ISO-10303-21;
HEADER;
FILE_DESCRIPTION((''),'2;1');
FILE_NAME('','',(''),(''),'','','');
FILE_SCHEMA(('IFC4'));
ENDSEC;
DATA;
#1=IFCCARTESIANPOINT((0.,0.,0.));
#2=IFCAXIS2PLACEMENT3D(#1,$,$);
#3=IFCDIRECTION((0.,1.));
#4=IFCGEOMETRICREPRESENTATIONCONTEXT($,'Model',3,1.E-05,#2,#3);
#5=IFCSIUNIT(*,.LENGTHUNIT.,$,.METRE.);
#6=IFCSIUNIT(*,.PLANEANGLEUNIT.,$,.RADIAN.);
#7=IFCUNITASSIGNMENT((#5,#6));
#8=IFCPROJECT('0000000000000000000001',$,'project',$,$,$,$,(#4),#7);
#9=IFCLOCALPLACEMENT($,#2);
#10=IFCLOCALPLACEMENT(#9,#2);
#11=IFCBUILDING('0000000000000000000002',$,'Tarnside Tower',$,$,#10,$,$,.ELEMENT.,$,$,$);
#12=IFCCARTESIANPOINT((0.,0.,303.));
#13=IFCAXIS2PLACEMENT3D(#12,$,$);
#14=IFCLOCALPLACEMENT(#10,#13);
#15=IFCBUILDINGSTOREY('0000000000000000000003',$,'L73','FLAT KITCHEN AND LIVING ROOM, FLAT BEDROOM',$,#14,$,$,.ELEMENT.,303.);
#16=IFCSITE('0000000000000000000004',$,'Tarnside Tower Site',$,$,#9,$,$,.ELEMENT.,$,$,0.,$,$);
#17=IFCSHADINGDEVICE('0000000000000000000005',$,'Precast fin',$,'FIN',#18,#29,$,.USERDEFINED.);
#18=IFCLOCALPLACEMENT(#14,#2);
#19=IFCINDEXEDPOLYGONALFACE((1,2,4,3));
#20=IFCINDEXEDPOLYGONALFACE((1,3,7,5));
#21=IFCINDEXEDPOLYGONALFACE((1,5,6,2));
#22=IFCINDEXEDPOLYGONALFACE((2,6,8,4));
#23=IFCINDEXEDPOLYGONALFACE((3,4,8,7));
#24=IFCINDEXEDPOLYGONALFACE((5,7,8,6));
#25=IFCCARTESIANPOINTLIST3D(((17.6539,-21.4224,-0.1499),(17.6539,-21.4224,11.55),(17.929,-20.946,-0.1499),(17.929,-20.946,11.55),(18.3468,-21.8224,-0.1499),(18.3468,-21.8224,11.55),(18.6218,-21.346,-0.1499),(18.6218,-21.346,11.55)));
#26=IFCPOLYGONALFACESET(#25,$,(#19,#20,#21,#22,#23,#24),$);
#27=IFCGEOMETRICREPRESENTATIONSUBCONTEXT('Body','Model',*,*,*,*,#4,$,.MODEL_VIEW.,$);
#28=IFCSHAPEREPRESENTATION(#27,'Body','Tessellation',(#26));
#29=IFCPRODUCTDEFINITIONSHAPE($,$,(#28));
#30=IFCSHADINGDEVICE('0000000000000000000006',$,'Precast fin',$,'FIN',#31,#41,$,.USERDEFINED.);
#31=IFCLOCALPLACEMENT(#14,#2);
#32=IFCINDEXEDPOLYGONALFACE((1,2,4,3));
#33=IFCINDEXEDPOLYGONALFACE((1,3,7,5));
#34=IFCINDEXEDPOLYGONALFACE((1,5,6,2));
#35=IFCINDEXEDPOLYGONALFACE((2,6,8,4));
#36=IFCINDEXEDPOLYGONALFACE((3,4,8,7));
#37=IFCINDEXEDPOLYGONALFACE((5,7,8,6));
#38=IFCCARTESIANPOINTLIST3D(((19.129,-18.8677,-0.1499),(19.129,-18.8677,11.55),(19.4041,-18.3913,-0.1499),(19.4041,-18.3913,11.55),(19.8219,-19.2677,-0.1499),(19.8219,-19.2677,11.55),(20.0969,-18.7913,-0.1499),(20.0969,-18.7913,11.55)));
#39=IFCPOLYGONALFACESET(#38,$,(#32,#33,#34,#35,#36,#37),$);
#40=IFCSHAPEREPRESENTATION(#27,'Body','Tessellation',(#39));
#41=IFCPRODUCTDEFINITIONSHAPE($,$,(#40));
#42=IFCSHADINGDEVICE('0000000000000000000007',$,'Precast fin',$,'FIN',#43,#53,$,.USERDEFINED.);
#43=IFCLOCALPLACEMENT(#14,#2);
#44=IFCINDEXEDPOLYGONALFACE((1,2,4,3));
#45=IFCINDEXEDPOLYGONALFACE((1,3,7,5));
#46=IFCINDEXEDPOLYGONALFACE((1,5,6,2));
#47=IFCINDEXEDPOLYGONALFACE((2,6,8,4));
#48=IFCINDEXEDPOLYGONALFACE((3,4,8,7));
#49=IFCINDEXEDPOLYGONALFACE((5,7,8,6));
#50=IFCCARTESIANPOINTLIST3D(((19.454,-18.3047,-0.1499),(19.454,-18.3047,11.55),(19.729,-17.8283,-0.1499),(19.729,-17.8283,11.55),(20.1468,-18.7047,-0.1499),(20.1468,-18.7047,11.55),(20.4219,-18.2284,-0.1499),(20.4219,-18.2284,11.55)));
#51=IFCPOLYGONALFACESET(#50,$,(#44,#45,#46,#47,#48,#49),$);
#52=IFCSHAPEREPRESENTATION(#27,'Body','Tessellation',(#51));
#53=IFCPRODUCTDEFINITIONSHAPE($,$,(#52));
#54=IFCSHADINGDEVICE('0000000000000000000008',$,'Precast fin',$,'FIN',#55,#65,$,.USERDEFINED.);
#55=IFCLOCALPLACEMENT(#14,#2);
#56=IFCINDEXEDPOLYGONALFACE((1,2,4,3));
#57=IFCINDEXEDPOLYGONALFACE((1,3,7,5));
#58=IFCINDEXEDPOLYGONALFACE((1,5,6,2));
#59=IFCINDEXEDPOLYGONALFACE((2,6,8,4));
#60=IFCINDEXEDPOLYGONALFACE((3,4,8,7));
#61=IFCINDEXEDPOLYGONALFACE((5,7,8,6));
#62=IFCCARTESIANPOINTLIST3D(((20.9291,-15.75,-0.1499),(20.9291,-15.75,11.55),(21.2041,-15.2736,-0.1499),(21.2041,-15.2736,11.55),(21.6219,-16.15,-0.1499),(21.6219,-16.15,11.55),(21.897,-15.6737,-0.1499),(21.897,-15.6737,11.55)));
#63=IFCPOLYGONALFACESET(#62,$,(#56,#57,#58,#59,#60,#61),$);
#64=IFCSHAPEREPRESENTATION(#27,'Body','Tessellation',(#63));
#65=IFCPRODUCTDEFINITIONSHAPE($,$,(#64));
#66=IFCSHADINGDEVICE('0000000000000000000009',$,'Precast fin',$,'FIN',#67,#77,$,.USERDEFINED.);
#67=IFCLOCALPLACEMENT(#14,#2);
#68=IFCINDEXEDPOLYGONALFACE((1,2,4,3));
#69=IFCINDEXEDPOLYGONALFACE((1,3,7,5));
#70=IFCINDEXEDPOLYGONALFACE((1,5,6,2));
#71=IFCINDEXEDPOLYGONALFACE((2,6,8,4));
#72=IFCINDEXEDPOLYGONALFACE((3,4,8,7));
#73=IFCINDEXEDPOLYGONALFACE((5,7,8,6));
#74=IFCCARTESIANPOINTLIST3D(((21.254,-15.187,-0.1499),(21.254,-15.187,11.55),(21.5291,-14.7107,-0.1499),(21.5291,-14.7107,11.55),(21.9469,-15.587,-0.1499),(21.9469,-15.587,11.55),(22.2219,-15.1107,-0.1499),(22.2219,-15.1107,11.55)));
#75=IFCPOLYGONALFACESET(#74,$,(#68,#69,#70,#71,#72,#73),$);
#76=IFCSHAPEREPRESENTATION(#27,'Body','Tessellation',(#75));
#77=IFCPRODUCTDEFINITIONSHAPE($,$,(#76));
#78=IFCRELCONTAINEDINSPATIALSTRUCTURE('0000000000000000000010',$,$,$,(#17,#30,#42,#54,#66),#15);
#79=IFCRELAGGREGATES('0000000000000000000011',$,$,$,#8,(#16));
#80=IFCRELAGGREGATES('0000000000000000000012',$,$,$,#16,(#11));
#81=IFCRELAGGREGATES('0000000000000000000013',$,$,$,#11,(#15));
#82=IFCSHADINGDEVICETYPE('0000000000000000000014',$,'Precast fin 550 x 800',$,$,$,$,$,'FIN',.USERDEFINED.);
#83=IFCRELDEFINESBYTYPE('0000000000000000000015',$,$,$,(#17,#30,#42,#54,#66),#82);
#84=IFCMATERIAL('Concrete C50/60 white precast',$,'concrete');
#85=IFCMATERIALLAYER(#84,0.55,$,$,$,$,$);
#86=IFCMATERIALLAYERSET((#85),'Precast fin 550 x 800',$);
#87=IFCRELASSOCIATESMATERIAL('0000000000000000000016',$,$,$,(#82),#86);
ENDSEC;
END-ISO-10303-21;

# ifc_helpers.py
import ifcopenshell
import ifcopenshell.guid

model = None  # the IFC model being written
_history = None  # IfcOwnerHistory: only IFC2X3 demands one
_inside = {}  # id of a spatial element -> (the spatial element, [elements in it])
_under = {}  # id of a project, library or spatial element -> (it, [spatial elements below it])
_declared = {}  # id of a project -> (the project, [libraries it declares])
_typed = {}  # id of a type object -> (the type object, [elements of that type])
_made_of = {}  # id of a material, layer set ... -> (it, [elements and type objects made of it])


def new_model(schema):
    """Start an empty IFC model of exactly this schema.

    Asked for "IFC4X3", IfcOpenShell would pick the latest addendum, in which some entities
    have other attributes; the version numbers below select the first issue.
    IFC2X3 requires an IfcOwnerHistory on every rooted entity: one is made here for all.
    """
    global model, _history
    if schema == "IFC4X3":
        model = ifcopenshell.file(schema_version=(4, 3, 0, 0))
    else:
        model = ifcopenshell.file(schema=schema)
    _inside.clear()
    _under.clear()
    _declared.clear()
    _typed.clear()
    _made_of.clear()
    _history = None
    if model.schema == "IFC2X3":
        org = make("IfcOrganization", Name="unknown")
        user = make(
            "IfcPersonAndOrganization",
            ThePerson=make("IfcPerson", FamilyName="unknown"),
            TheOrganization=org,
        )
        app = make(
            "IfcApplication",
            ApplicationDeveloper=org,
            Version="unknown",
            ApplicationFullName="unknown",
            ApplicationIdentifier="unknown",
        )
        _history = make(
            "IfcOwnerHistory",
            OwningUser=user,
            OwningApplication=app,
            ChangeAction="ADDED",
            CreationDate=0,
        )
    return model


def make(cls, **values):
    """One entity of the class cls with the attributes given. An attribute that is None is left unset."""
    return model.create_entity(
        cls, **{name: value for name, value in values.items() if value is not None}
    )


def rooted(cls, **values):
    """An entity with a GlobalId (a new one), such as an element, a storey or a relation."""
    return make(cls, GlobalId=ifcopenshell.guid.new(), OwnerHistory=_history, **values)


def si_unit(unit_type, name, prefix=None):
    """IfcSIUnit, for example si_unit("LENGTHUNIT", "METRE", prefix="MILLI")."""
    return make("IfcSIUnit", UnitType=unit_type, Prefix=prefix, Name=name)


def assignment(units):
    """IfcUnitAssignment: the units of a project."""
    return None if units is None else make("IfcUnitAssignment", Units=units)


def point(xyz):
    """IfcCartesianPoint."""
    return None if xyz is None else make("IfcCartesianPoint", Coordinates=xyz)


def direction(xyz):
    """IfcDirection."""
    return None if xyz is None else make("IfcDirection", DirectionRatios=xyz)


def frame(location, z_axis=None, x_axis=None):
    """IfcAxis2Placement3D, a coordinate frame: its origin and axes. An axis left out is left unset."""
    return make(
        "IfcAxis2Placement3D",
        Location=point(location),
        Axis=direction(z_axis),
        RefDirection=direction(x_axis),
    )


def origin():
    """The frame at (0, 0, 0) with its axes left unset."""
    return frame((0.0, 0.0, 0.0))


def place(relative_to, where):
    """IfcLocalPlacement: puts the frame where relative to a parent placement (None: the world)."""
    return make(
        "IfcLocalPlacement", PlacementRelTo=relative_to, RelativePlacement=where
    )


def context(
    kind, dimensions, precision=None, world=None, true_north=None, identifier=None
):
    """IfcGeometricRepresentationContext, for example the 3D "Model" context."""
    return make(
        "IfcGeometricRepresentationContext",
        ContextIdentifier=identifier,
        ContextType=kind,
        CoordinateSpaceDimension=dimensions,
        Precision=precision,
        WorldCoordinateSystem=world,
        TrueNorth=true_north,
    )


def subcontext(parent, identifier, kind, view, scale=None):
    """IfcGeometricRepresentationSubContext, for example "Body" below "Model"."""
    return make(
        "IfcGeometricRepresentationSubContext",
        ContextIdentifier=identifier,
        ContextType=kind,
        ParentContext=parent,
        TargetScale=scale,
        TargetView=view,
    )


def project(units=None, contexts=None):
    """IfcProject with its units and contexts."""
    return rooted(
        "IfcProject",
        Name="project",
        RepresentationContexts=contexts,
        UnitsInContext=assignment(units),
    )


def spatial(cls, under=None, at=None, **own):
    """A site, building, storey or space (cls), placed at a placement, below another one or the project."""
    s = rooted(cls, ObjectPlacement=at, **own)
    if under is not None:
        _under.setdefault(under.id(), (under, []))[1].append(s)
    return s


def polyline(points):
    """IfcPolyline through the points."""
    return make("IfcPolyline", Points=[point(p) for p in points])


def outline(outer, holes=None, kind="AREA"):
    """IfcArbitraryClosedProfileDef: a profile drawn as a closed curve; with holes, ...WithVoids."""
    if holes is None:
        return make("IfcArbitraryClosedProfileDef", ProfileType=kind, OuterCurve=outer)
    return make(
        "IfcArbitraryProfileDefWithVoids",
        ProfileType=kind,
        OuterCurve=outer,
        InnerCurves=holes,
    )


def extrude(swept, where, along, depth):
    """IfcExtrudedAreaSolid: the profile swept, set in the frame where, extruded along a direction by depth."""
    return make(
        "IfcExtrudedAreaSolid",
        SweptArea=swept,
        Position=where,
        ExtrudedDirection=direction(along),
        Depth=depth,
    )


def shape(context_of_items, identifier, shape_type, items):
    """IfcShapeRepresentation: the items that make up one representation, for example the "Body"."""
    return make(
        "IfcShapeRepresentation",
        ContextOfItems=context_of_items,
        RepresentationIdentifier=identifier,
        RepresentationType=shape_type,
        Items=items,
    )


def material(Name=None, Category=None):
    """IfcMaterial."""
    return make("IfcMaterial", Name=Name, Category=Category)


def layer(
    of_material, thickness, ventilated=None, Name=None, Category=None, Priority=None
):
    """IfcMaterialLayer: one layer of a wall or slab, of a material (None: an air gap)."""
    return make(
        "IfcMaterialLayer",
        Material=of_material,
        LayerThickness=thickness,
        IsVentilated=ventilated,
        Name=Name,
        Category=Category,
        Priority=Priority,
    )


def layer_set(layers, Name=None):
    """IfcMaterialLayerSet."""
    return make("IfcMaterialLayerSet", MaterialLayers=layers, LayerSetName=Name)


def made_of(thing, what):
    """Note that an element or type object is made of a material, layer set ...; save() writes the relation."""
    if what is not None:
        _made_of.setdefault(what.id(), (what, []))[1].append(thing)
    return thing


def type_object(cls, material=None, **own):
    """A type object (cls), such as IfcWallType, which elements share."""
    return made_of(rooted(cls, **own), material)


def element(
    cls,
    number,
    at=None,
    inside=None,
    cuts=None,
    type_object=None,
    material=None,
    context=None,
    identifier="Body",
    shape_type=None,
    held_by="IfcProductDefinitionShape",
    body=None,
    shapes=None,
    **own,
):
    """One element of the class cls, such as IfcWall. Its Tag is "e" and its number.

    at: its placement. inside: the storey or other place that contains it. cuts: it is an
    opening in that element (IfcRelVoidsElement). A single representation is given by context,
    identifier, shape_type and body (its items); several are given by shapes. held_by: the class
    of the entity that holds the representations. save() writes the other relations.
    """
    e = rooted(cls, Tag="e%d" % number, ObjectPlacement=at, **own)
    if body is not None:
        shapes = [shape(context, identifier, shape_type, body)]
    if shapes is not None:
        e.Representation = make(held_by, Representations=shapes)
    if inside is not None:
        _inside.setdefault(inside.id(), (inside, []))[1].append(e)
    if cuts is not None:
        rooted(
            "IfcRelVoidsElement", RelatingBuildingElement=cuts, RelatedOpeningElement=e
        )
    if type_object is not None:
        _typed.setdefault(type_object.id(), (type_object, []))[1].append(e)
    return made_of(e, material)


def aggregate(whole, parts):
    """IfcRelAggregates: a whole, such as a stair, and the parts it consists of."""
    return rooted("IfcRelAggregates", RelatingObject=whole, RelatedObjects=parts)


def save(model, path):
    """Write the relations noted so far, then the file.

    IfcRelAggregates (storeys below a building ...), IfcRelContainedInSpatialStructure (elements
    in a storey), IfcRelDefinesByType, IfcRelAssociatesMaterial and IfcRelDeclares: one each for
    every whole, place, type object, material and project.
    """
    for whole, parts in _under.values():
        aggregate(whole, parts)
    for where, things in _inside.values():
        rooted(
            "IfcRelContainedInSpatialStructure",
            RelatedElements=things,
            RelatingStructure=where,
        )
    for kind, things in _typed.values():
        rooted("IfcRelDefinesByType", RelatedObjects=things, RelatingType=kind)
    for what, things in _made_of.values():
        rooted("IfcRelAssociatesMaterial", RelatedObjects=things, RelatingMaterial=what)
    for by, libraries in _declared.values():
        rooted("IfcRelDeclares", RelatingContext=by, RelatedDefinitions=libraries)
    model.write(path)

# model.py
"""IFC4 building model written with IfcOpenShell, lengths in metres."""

from ifc_helpers import new_model, si_unit, direction, frame, origin, place, context, subcontext, project, spatial, polyline, outline, extrude, material, layer, layer_set, type_object, element, save


model = new_model("IFC4")

# Units and contexts
model_context = context("Model", 3, precision=1e-05, world=origin(), true_north=direction((0.0, 1.0)))
body_context = subcontext(model_context, "Body", "Model", "MODEL_VIEW")
ifc_project = project(units=[si_unit("LENGTHUNIT", "METRE"), si_unit("PLANEANGLEUNIT", "RADIAN")], contexts=[model_context])

# Site, building, storey
site_placement = place(None, origin())
site = spatial("IfcSite", under=ifc_project, at=site_placement, Name="Tarnside Tower Site", CompositionType="ELEMENT", RefElevation=0.0)
building_placement = place(site_placement, origin())
building = spatial("IfcBuilding", under=site, at=building_placement, Name="Tarnside Tower", CompositionType="ELEMENT")
storey_placement = place(building_placement, frame((0.0, 0.0, 303.0)))
storey = spatial("IfcBuildingStorey", under=building, at=storey_placement, Name="L73", Description="FLAT KITCHEN AND LIVING ROOM, FLAT BEDROOM", CompositionType="ELEMENT", Elevation=303.0)

# Shading devices
ifc_material_1 = material(Name="Concrete C50/60 white precast", Category="concrete")
ifc_layer_1 = layer(ifc_material_1, 0.55)
ifc_layer_set_1 = layer_set([ifc_layer_1], Name="Precast fin 550 x 800")
shading_device_type_1 = type_object("IfcShadingDeviceType", Name="Precast fin 550 x 800", ElementType="FIN", PredefinedType="USERDEFINED", material=ifc_layer_set_1)
for number, where, z_axis, x_axis, name in (
    (1, (17.7915, -21.1841, -0.1499), (-0.5, -0.866025, 0.0), (0.866025, -0.5, 0.0), "Precast fin"),
    (2, (19.2666, -18.6294, -0.1499), (-0.5, -0.866025, 0.0), (0.866025, -0.5, 0.0), "Precast fin"),
    (3, (19.5916, -18.0664, -0.1499), (-0.5, -0.866025, 0.0), (0.866025, -0.5, 0.0), "Precast fin"),
    (4, (21.0667, -15.5117, -0.1499), (-0.5, -0.866025, 0.0), (0.866025, -0.5, 0.0), "Precast fin"),
    (5, (21.3916, -14.9487, -0.1499), (-0.5, -0.866025, 0.0), (0.866025, -0.5, 0.0), "Precast fin"),
):
    element("IfcShadingDevice", number, at=place(storey_placement, frame(where, z_axis=z_axis, x_axis=x_axis)), inside=storey, type_object=shading_device_type_1, Name=name, ObjectType="FIN", PredefinedType="USERDEFINED", context=body_context, shape_type="SweptSolid", body=[
        extrude(outline(polyline([(0.0, 0.0), (0.8, 0.0), (0.8, 11.7), (0.0, 11.7), (0.0, 0.0)])), frame((0.0, 0.0, -0.2749)), (0.0, 0.0, 1.0), 0.55),
    ])

save(model, "model.ifc")
